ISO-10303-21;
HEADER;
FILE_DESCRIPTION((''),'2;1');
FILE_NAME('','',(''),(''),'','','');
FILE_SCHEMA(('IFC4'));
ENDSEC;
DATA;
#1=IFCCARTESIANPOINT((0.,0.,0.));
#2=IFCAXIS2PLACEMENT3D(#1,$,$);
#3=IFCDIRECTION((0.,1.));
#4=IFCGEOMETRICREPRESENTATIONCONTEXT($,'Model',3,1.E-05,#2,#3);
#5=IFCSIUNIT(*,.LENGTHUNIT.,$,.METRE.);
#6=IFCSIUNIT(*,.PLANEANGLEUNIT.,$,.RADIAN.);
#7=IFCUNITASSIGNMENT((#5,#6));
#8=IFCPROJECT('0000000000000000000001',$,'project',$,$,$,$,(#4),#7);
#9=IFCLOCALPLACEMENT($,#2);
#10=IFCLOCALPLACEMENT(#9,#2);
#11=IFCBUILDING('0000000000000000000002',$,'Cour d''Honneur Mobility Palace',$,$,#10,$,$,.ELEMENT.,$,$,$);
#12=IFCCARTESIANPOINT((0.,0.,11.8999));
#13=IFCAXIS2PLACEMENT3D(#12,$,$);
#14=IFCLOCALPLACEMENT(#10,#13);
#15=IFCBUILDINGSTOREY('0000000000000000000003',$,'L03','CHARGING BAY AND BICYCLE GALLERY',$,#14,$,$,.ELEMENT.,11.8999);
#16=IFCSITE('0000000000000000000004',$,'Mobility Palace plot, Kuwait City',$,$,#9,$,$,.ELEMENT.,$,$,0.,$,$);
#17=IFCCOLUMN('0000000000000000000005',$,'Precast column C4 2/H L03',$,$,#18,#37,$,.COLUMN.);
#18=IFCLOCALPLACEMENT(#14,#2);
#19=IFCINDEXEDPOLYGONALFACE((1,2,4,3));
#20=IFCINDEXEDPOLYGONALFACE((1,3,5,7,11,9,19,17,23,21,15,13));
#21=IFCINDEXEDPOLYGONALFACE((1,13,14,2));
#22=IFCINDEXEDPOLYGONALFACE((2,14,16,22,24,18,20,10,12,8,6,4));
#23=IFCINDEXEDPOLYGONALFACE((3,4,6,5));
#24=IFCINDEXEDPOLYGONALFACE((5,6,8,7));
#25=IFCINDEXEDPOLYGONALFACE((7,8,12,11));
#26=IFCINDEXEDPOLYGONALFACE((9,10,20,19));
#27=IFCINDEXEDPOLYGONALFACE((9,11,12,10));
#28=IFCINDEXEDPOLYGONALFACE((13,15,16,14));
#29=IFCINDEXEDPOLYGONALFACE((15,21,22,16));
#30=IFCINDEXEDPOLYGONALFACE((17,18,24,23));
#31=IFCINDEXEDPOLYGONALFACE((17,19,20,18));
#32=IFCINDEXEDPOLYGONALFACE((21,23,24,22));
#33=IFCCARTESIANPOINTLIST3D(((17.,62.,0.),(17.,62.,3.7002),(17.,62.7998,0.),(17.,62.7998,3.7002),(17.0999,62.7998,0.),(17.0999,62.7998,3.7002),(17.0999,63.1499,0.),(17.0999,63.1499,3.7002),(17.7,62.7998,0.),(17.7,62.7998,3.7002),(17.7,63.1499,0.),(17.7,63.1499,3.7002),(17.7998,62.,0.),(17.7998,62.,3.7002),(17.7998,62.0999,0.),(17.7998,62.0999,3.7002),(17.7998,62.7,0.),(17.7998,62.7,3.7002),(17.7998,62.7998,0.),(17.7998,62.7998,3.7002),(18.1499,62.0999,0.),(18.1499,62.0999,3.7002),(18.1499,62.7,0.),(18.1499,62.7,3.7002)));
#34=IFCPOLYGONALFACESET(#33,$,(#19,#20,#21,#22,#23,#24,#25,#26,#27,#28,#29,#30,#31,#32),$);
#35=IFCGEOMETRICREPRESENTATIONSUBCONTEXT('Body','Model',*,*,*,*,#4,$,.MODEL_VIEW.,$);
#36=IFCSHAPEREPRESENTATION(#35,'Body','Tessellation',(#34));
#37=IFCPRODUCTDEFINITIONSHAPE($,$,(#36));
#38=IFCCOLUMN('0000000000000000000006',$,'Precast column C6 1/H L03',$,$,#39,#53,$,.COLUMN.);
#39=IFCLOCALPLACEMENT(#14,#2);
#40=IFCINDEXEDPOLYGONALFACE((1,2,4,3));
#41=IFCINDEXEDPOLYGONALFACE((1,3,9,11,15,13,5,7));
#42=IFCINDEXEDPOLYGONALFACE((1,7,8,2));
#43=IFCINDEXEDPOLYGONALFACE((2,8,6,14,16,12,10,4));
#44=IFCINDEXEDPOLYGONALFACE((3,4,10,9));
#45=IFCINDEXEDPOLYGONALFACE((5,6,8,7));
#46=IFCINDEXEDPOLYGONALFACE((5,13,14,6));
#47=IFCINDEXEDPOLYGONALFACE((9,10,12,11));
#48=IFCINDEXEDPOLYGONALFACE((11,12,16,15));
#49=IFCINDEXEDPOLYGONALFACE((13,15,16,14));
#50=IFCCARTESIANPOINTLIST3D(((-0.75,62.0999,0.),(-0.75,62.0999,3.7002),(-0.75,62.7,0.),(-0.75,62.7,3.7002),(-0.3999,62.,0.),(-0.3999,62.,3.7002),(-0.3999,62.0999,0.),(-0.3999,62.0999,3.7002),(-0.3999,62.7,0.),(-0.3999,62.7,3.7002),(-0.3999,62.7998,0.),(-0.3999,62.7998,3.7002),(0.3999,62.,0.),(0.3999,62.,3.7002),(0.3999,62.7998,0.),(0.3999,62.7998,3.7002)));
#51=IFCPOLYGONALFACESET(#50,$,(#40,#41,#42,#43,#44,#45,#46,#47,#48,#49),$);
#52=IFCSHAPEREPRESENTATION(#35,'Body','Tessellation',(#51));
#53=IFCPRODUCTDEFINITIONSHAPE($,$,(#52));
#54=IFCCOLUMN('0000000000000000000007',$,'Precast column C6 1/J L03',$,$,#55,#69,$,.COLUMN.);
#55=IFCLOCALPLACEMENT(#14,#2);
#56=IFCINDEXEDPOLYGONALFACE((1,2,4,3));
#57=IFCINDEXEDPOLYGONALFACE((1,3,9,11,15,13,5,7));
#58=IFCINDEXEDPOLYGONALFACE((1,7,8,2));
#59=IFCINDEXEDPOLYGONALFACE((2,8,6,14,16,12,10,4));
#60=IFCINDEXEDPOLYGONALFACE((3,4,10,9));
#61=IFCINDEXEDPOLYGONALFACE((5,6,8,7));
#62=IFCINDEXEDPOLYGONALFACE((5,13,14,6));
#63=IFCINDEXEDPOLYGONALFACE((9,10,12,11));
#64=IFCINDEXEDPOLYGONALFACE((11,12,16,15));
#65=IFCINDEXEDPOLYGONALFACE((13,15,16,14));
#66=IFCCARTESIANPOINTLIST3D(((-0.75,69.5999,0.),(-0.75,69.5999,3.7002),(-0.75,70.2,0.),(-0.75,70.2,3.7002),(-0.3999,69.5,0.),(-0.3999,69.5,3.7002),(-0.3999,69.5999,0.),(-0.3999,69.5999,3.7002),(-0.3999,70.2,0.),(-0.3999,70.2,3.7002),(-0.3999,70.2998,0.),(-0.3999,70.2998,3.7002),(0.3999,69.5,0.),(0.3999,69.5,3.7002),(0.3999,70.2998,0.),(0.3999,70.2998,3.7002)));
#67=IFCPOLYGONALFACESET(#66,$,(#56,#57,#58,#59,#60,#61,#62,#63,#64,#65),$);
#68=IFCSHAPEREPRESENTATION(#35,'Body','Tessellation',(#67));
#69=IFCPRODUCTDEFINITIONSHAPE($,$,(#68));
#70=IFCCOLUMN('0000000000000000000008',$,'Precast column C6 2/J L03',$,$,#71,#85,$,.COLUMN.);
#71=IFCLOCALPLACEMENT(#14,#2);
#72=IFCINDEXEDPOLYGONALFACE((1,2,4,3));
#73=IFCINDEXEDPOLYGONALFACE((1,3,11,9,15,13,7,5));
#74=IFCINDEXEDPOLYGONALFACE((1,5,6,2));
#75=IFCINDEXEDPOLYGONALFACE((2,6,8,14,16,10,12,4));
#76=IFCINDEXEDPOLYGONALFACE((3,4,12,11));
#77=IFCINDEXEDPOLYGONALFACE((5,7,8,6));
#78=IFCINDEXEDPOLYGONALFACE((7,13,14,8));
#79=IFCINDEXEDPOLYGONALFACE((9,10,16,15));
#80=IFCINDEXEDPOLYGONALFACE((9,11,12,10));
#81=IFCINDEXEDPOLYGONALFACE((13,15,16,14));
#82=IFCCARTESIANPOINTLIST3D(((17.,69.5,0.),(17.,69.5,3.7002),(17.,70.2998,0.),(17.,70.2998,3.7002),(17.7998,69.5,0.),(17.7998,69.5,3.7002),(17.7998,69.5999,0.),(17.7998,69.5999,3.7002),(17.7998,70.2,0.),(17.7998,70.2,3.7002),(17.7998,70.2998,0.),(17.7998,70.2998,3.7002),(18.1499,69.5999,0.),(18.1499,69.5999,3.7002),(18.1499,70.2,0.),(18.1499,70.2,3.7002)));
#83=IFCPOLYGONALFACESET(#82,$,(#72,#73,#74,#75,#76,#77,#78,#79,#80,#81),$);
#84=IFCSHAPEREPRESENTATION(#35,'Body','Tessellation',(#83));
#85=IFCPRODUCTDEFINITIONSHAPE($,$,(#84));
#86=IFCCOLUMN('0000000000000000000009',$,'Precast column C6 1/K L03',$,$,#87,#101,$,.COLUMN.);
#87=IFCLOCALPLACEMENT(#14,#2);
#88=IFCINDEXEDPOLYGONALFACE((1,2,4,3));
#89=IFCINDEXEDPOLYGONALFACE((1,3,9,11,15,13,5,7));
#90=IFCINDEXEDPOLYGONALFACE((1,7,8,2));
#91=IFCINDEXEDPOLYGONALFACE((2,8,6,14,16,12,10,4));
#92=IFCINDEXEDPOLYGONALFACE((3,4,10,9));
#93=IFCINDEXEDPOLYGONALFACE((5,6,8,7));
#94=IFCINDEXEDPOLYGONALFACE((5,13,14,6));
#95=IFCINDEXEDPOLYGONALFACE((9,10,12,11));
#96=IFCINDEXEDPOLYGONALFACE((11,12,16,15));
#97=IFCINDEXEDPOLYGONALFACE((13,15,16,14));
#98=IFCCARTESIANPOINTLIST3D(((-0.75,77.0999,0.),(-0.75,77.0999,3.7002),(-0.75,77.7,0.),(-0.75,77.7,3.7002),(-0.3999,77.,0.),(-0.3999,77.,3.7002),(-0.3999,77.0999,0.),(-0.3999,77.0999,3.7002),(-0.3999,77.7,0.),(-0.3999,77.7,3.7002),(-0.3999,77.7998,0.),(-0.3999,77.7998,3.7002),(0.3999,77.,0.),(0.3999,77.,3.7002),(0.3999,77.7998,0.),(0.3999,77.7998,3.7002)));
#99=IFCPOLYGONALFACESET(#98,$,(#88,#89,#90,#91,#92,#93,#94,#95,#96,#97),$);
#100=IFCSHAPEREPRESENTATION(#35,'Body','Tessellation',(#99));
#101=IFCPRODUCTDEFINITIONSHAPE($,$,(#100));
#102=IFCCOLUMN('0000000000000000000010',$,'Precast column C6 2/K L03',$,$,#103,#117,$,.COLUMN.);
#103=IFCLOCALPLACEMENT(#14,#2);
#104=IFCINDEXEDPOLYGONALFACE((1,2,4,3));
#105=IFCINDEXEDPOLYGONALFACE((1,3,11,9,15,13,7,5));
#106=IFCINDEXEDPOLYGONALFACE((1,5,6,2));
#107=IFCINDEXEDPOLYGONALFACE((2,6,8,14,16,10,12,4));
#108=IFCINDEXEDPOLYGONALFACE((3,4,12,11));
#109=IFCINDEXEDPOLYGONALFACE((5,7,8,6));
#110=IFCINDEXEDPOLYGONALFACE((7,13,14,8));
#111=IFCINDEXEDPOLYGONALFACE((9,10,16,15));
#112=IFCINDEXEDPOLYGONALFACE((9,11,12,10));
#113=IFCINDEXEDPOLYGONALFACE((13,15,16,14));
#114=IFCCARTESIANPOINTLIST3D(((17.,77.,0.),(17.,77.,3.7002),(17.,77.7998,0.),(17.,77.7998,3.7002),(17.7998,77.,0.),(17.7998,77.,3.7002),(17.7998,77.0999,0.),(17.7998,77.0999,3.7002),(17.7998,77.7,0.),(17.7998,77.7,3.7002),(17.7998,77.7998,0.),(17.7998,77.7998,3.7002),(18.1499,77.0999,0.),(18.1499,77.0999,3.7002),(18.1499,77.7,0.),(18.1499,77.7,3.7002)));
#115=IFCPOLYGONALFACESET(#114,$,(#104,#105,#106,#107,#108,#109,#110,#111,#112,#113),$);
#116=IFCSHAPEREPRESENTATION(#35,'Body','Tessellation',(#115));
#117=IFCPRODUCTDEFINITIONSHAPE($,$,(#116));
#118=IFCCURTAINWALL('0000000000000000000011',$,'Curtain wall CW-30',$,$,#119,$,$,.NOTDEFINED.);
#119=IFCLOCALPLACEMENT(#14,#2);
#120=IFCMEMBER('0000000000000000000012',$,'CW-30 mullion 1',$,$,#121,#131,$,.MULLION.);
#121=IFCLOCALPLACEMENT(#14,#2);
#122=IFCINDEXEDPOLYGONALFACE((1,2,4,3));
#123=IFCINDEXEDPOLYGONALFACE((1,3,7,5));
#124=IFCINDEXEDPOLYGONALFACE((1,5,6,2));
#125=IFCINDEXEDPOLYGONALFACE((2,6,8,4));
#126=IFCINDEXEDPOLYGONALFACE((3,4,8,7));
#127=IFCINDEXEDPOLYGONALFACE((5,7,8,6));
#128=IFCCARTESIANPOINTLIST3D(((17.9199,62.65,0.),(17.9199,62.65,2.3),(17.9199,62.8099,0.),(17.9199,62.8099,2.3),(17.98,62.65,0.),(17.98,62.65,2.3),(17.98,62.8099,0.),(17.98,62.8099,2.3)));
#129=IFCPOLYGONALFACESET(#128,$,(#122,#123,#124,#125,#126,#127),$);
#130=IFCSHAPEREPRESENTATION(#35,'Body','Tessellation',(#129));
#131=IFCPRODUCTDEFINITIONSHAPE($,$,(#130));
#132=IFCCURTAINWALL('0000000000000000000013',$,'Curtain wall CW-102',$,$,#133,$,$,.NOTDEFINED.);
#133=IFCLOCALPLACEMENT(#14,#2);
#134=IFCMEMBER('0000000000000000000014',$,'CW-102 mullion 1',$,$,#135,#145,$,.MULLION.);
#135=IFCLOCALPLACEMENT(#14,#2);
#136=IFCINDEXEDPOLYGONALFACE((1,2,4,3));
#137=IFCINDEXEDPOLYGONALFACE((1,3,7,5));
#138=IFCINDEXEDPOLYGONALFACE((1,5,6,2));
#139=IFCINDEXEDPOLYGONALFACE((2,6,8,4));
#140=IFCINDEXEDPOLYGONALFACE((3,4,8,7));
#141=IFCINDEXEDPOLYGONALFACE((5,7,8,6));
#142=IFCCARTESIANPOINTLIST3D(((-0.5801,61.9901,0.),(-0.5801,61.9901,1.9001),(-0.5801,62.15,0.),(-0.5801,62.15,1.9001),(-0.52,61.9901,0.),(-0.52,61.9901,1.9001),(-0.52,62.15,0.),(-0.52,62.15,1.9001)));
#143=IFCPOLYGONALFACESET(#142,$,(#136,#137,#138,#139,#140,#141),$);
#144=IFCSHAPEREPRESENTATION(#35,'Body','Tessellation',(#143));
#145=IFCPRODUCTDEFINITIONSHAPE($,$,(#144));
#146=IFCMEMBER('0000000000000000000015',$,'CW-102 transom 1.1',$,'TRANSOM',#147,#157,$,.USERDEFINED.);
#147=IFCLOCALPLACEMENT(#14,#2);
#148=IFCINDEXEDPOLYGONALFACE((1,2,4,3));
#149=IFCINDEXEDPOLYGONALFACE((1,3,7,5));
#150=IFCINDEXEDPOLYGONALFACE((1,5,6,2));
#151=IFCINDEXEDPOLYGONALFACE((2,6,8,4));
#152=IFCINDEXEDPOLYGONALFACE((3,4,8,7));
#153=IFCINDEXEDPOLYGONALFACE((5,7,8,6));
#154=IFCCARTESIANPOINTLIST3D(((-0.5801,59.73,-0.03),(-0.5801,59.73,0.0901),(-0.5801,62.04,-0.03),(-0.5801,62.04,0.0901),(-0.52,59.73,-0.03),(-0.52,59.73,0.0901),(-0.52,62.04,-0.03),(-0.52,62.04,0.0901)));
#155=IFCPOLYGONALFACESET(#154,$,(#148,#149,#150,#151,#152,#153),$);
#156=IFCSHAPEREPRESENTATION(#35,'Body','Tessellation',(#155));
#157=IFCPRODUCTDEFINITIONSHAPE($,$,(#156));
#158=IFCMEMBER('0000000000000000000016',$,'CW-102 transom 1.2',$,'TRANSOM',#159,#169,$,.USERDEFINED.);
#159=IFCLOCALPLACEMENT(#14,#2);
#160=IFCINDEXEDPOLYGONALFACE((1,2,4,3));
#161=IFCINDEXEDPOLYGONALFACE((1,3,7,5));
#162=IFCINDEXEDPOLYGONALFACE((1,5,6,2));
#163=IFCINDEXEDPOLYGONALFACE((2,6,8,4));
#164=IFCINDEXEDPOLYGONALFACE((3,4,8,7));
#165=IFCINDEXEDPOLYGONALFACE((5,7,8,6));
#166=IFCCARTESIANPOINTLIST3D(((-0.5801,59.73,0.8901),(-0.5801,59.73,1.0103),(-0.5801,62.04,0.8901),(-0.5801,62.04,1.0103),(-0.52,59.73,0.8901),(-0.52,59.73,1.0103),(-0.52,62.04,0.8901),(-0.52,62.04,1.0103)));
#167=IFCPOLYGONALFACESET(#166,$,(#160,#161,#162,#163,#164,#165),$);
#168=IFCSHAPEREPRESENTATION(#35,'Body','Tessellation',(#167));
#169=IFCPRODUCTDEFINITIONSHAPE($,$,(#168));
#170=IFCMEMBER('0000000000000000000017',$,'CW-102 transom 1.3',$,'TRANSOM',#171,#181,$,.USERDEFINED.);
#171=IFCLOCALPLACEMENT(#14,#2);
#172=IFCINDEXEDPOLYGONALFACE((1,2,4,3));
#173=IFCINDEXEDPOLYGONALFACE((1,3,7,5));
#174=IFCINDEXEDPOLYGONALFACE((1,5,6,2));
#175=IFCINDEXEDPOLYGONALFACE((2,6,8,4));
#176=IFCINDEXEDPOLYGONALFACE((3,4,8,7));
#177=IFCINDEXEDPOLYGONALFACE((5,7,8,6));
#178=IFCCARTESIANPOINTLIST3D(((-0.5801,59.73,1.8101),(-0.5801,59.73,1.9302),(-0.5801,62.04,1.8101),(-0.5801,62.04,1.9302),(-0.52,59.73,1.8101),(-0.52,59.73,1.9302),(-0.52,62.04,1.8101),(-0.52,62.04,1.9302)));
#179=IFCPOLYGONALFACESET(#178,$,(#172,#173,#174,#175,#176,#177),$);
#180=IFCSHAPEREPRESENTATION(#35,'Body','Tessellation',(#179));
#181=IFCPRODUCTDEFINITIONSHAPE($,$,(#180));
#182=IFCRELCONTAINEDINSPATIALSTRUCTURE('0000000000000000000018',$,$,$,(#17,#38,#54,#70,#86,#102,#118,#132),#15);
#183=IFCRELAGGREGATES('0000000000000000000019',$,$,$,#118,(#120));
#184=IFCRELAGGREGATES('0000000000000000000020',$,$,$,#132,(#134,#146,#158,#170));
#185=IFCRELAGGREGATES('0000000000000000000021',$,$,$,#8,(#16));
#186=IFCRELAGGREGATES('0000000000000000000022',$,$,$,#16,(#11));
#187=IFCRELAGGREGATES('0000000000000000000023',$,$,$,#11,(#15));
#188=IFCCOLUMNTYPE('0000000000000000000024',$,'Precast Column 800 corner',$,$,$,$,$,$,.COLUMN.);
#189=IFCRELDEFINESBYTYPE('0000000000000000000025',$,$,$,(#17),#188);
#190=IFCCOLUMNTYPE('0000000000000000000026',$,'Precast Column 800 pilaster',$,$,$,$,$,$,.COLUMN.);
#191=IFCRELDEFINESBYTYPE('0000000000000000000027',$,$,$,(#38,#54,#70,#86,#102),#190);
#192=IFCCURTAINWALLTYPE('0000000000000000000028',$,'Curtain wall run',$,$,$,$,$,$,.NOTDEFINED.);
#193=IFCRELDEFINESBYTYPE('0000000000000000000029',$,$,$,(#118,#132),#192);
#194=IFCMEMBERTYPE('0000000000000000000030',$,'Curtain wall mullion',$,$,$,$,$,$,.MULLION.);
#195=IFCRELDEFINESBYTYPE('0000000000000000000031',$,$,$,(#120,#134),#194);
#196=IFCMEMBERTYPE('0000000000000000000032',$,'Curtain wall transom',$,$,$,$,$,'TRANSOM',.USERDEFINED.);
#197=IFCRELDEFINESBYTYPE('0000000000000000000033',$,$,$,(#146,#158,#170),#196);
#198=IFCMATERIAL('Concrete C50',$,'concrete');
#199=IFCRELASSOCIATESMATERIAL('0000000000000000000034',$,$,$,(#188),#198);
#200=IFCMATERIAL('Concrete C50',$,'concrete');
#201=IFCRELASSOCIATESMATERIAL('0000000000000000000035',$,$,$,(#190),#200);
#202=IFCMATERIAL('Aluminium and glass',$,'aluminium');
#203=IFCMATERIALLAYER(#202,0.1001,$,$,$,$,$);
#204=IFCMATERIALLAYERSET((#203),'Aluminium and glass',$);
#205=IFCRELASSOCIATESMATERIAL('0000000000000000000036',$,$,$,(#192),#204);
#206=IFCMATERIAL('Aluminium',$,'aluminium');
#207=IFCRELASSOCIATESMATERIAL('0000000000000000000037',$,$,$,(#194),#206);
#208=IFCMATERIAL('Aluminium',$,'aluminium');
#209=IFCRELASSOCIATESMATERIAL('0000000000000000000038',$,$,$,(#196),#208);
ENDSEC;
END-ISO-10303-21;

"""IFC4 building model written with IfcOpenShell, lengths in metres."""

from ifc_helpers import new_model, si_unit, direction, frame, origin, origin_2d, place, context, subcontext, project, spatial, polyline, rectangle, outline, extrude, material, layer, layer_set, material_profile, profile_set, type_object, element, aggregate, save


model = new_model("IFC4")

# Units and contexts
model_context = context("Model", 3, precision=1e-05, world=origin(), true_north=direction((0.0, 1.0)))
body_context = subcontext(model_context, "Body", "Model", "MODEL_VIEW")
ifc_project = project(units=[si_unit("LENGTHUNIT", "METRE"), si_unit("PLANEANGLEUNIT", "RADIAN")], contexts=[model_context])

# Site, building, storey
site_placement = place(None, origin())
site = spatial("IfcSite", under=ifc_project, at=site_placement, Name="Mobility Palace plot, Kuwait City", CompositionType="ELEMENT", RefElevation=0.0)
building_placement = place(site_placement, origin())
building = spatial("IfcBuilding", under=site, at=building_placement, Name="Cour d'Honneur Mobility Palace", CompositionType="ELEMENT")
storey_placement = place(building_placement, frame((0.0, 0.0, 11.8999)))
storey = spatial("IfcBuildingStorey", under=building, at=storey_placement, Name="L03", Description="CHARGING BAY AND BICYCLE GALLERY", CompositionType="ELEMENT", Elevation=11.8999)

# Columns
ifc_material_1 = material(Name="Concrete C50", Category="concrete")
ifc_material_profile_1 = material_profile(ifc_material_1, outline(polyline([(-0.3999, -0.3999), (0.3999, -0.3999), (0.3999, -0.3), (0.75, -0.3), (0.75, 0.3), (0.3999, 0.3), (0.3999, 0.3999), (0.3, 0.3999), (0.3, 0.75), (-0.3, 0.75), (-0.3, 0.3999), (-0.3999, 0.3999), (-0.3999, -0.3999)])), Name="PC C800 corner")
ifc_profile_set_1 = profile_set([ifc_material_profile_1], Name="Concrete C50")
column_type_1 = type_object("IfcColumnType", Name="Precast Column 800 corner", PredefinedType="COLUMN", material=ifc_profile_set_1)
column_placement = place(storey_placement, frame((17.3999, 62.3999, 0.0), z_axis=(0.0, 0.0, 1.0), x_axis=(1.0, 0.0, 0.0)))
element("IfcColumn", 1, at=column_placement, inside=storey, type_object=column_type_1, Name="Precast column C4 2/H L03", PredefinedType="COLUMN", context=body_context, shape_type="SweptSolid", body=[
    extrude(outline(polyline([(-0.3999, -0.3999), (0.3999, -0.3999), (0.3999, -0.3), (0.75, -0.3), (0.75, 0.3), (0.3999, 0.3), (0.3999, 0.3999), (0.3, 0.3999), (0.3, 0.75), (-0.3, 0.75), (-0.3, 0.3999), (-0.3999, 0.3999), (-0.3999, -0.3999)])), origin(), (0.0, 0.0, 1.0), 3.7002),
])
ifc_material_2 = material(Name="Concrete C50", Category="concrete")
ifc_material_profile_2 = material_profile(ifc_material_2, outline(polyline([(-0.3999, -0.3999), (0.3999, -0.3999), (0.3999, -0.3), (0.75, -0.3), (0.75, 0.3), (0.3999, 0.3), (0.3999, 0.3999), (-0.3999, 0.3999), (-0.3999, -0.3999)])), Name="PC C800 pilaster")
ifc_profile_set_2 = profile_set([ifc_material_profile_2], Name="Concrete C50")
column_type_2 = type_object("IfcColumnType", Name="Precast Column 800 pilaster", PredefinedType="COLUMN", material=ifc_profile_set_2)
for number, where, z_axis, x_axis, name in (
    (2, (0.0, 62.3999, 0.0), (0.0, 0.0, 1.0), (-1.0, 0.0, 0.0), "Precast column C6 1/H L03"),
    (3, (0.0, 69.8999, 0.0), (0.0, 0.0, 1.0), (-1.0, 0.0, 0.0), "Precast column C6 1/J L03"),
    (4, (17.3999, 69.8999, 0.0), (0.0, 0.0, 1.0), (1.0, 0.0, 0.0), "Precast column C6 2/J L03"),
    (5, (0.0, 77.3999, 0.0), (0.0, 0.0, 1.0), (-1.0, 0.0, 0.0), "Precast column C6 1/K L03"),
    (6, (17.3999, 77.3999, 0.0), (0.0, 0.0, 1.0), (1.0, 0.0, 0.0), "Precast column C6 2/K L03"),
):
    element("IfcColumn", number, at=place(storey_placement, frame(where, z_axis=z_axis, x_axis=x_axis)), inside=storey, type_object=column_type_2, Name=name, PredefinedType="COLUMN", context=body_context, shape_type="SweptSolid", body=[
        extrude(outline(polyline([(-0.3999, -0.3999), (0.3999, -0.3999), (0.3999, -0.3), (0.75, -0.3), (0.75, 0.3), (0.3999, 0.3), (0.3999, 0.3999), (-0.3999, 0.3999), (-0.3999, -0.3999)])), origin(), (0.0, 0.0, 1.0), 3.7002),
    ])

# Curtain wall, member
ifc_material_3 = material(Name="Aluminium and glass", Category="aluminium")
ifc_layer_1 = layer(ifc_material_3, 0.1001)
ifc_layer_set_1 = layer_set([ifc_layer_1], Name="Aluminium and glass")
curtain_wall_type = type_object("IfcCurtainWallType", Name="Curtain wall run", PredefinedType="NOTDEFINED", material=ifc_layer_set_1)
curtain_wall_1_placement = place(storey_placement, origin())
curtain_wall_1 = element("IfcCurtainWall", 7, at=curtain_wall_1_placement, inside=storey, type_object=curtain_wall_type, Name="Curtain wall CW-30", PredefinedType="NOTDEFINED")
ifc_material_4 = material(Name="Aluminium", Category="aluminium")
ifc_material_profile_3 = material_profile(ifc_material_4, rectangle(XDim=0.0601, YDim=0.1599, at=origin_2d()), Name="Curtain wall mullion")
ifc_profile_set_3 = profile_set([ifc_material_profile_3], Name="Aluminium")
member_type_1 = type_object("IfcMemberType", Name="Curtain wall mullion", PredefinedType="MULLION", material=ifc_profile_set_3)
member_1_placement = place(storey_placement, frame((17.95, 62.73, 0.0), z_axis=(0.0, 0.0, 1.0), x_axis=(-1.0, 0.0, 0.0)))
member_1 = element("IfcMember", 8, at=member_1_placement, type_object=member_type_1, Name="CW-30 mullion 1", PredefinedType="MULLION", context=body_context, shape_type="SweptSolid", body=[
    extrude(rectangle(XDim=0.0601, YDim=0.1599, at=origin_2d()), origin(), (0.0, 0.0, 1.0), 2.3),
])
aggregate(curtain_wall_1, [member_1])

# Curtain wall, members
curtain_wall_2_placement = place(storey_placement, origin())
curtain_wall_2 = element("IfcCurtainWall", 9, at=curtain_wall_2_placement, inside=storey, type_object=curtain_wall_type, Name="Curtain wall CW-102", PredefinedType="NOTDEFINED")
member_2_placement = place(storey_placement, frame((-0.55, 62.0701, 0.0), z_axis=(0.0, 0.0, 1.0), x_axis=(1.0, 0.0, 0.0)))
member_2 = element("IfcMember", 10, at=member_2_placement, type_object=member_type_1, Name="CW-102 mullion 1", PredefinedType="MULLION", context=body_context, shape_type="SweptSolid", body=[
    extrude(rectangle(XDim=0.0601, YDim=0.1599, at=origin_2d()), origin(), (0.0, 0.0, 1.0), 1.9001),
])
ifc_material_5 = material(Name="Aluminium", Category="aluminium")
ifc_material_profile_4 = material_profile(ifc_material_5, rectangle(XDim=0.0601, YDim=0.1201, at=origin_2d()), Name="Curtain wall transom")
ifc_profile_set_4 = profile_set([ifc_material_profile_4], Name="Aluminium")
member_type_2 = type_object("IfcMemberType", Name="Curtain wall transom", ElementType="TRANSOM", PredefinedType="USERDEFINED", material=ifc_profile_set_4)
member_3_placement = place(storey_placement, frame((-0.55, 62.04, 0.03), z_axis=(0.0, -1.0, 0.0), x_axis=(1.0, 0.0, 0.0)))
member_3 = element("IfcMember", 11, at=member_3_placement, type_object=member_type_2, Name="CW-102 transom 1.1", ObjectType="TRANSOM", PredefinedType="USERDEFINED", context=body_context, shape_type="SweptSolid", body=[
    extrude(rectangle(XDim=0.0601, YDim=0.1201, at=origin_2d()), origin(), (0.0, 0.0, 1.0), 2.3101),
])
member_4_placement = place(storey_placement, frame((-0.55, 62.04, 0.9502), z_axis=(0.0, -1.0, 0.0), x_axis=(1.0, 0.0, 0.0)))
member_4 = element("IfcMember", 12, at=member_4_placement, type_object=member_type_2, Name="CW-102 transom 1.2", ObjectType="TRANSOM", PredefinedType="USERDEFINED", context=body_context, shape_type="SweptSolid", body=[
    extrude(rectangle(XDim=0.0601, YDim=0.1201, at=origin_2d()), origin(), (0.0, 0.0, 1.0), 2.3101),
])
member_5_placement = place(storey_placement, frame((-0.55, 62.04, 1.8701), z_axis=(0.0, -1.0, 0.0), x_axis=(1.0, 0.0, 0.0)))
member_5 = element("IfcMember", 13, at=member_5_placement, type_object=member_type_2, Name="CW-102 transom 1.3", ObjectType="TRANSOM", PredefinedType="USERDEFINED", context=body_context, shape_type="SweptSolid", body=[
    extrude(rectangle(XDim=0.0601, YDim=0.1201, at=origin_2d()), origin(), (0.0, 0.0, 1.0), 2.3101),
])
aggregate(curtain_wall_2, [member_2, member_3, member_4, member_5])

save(model, "model.ifc")
